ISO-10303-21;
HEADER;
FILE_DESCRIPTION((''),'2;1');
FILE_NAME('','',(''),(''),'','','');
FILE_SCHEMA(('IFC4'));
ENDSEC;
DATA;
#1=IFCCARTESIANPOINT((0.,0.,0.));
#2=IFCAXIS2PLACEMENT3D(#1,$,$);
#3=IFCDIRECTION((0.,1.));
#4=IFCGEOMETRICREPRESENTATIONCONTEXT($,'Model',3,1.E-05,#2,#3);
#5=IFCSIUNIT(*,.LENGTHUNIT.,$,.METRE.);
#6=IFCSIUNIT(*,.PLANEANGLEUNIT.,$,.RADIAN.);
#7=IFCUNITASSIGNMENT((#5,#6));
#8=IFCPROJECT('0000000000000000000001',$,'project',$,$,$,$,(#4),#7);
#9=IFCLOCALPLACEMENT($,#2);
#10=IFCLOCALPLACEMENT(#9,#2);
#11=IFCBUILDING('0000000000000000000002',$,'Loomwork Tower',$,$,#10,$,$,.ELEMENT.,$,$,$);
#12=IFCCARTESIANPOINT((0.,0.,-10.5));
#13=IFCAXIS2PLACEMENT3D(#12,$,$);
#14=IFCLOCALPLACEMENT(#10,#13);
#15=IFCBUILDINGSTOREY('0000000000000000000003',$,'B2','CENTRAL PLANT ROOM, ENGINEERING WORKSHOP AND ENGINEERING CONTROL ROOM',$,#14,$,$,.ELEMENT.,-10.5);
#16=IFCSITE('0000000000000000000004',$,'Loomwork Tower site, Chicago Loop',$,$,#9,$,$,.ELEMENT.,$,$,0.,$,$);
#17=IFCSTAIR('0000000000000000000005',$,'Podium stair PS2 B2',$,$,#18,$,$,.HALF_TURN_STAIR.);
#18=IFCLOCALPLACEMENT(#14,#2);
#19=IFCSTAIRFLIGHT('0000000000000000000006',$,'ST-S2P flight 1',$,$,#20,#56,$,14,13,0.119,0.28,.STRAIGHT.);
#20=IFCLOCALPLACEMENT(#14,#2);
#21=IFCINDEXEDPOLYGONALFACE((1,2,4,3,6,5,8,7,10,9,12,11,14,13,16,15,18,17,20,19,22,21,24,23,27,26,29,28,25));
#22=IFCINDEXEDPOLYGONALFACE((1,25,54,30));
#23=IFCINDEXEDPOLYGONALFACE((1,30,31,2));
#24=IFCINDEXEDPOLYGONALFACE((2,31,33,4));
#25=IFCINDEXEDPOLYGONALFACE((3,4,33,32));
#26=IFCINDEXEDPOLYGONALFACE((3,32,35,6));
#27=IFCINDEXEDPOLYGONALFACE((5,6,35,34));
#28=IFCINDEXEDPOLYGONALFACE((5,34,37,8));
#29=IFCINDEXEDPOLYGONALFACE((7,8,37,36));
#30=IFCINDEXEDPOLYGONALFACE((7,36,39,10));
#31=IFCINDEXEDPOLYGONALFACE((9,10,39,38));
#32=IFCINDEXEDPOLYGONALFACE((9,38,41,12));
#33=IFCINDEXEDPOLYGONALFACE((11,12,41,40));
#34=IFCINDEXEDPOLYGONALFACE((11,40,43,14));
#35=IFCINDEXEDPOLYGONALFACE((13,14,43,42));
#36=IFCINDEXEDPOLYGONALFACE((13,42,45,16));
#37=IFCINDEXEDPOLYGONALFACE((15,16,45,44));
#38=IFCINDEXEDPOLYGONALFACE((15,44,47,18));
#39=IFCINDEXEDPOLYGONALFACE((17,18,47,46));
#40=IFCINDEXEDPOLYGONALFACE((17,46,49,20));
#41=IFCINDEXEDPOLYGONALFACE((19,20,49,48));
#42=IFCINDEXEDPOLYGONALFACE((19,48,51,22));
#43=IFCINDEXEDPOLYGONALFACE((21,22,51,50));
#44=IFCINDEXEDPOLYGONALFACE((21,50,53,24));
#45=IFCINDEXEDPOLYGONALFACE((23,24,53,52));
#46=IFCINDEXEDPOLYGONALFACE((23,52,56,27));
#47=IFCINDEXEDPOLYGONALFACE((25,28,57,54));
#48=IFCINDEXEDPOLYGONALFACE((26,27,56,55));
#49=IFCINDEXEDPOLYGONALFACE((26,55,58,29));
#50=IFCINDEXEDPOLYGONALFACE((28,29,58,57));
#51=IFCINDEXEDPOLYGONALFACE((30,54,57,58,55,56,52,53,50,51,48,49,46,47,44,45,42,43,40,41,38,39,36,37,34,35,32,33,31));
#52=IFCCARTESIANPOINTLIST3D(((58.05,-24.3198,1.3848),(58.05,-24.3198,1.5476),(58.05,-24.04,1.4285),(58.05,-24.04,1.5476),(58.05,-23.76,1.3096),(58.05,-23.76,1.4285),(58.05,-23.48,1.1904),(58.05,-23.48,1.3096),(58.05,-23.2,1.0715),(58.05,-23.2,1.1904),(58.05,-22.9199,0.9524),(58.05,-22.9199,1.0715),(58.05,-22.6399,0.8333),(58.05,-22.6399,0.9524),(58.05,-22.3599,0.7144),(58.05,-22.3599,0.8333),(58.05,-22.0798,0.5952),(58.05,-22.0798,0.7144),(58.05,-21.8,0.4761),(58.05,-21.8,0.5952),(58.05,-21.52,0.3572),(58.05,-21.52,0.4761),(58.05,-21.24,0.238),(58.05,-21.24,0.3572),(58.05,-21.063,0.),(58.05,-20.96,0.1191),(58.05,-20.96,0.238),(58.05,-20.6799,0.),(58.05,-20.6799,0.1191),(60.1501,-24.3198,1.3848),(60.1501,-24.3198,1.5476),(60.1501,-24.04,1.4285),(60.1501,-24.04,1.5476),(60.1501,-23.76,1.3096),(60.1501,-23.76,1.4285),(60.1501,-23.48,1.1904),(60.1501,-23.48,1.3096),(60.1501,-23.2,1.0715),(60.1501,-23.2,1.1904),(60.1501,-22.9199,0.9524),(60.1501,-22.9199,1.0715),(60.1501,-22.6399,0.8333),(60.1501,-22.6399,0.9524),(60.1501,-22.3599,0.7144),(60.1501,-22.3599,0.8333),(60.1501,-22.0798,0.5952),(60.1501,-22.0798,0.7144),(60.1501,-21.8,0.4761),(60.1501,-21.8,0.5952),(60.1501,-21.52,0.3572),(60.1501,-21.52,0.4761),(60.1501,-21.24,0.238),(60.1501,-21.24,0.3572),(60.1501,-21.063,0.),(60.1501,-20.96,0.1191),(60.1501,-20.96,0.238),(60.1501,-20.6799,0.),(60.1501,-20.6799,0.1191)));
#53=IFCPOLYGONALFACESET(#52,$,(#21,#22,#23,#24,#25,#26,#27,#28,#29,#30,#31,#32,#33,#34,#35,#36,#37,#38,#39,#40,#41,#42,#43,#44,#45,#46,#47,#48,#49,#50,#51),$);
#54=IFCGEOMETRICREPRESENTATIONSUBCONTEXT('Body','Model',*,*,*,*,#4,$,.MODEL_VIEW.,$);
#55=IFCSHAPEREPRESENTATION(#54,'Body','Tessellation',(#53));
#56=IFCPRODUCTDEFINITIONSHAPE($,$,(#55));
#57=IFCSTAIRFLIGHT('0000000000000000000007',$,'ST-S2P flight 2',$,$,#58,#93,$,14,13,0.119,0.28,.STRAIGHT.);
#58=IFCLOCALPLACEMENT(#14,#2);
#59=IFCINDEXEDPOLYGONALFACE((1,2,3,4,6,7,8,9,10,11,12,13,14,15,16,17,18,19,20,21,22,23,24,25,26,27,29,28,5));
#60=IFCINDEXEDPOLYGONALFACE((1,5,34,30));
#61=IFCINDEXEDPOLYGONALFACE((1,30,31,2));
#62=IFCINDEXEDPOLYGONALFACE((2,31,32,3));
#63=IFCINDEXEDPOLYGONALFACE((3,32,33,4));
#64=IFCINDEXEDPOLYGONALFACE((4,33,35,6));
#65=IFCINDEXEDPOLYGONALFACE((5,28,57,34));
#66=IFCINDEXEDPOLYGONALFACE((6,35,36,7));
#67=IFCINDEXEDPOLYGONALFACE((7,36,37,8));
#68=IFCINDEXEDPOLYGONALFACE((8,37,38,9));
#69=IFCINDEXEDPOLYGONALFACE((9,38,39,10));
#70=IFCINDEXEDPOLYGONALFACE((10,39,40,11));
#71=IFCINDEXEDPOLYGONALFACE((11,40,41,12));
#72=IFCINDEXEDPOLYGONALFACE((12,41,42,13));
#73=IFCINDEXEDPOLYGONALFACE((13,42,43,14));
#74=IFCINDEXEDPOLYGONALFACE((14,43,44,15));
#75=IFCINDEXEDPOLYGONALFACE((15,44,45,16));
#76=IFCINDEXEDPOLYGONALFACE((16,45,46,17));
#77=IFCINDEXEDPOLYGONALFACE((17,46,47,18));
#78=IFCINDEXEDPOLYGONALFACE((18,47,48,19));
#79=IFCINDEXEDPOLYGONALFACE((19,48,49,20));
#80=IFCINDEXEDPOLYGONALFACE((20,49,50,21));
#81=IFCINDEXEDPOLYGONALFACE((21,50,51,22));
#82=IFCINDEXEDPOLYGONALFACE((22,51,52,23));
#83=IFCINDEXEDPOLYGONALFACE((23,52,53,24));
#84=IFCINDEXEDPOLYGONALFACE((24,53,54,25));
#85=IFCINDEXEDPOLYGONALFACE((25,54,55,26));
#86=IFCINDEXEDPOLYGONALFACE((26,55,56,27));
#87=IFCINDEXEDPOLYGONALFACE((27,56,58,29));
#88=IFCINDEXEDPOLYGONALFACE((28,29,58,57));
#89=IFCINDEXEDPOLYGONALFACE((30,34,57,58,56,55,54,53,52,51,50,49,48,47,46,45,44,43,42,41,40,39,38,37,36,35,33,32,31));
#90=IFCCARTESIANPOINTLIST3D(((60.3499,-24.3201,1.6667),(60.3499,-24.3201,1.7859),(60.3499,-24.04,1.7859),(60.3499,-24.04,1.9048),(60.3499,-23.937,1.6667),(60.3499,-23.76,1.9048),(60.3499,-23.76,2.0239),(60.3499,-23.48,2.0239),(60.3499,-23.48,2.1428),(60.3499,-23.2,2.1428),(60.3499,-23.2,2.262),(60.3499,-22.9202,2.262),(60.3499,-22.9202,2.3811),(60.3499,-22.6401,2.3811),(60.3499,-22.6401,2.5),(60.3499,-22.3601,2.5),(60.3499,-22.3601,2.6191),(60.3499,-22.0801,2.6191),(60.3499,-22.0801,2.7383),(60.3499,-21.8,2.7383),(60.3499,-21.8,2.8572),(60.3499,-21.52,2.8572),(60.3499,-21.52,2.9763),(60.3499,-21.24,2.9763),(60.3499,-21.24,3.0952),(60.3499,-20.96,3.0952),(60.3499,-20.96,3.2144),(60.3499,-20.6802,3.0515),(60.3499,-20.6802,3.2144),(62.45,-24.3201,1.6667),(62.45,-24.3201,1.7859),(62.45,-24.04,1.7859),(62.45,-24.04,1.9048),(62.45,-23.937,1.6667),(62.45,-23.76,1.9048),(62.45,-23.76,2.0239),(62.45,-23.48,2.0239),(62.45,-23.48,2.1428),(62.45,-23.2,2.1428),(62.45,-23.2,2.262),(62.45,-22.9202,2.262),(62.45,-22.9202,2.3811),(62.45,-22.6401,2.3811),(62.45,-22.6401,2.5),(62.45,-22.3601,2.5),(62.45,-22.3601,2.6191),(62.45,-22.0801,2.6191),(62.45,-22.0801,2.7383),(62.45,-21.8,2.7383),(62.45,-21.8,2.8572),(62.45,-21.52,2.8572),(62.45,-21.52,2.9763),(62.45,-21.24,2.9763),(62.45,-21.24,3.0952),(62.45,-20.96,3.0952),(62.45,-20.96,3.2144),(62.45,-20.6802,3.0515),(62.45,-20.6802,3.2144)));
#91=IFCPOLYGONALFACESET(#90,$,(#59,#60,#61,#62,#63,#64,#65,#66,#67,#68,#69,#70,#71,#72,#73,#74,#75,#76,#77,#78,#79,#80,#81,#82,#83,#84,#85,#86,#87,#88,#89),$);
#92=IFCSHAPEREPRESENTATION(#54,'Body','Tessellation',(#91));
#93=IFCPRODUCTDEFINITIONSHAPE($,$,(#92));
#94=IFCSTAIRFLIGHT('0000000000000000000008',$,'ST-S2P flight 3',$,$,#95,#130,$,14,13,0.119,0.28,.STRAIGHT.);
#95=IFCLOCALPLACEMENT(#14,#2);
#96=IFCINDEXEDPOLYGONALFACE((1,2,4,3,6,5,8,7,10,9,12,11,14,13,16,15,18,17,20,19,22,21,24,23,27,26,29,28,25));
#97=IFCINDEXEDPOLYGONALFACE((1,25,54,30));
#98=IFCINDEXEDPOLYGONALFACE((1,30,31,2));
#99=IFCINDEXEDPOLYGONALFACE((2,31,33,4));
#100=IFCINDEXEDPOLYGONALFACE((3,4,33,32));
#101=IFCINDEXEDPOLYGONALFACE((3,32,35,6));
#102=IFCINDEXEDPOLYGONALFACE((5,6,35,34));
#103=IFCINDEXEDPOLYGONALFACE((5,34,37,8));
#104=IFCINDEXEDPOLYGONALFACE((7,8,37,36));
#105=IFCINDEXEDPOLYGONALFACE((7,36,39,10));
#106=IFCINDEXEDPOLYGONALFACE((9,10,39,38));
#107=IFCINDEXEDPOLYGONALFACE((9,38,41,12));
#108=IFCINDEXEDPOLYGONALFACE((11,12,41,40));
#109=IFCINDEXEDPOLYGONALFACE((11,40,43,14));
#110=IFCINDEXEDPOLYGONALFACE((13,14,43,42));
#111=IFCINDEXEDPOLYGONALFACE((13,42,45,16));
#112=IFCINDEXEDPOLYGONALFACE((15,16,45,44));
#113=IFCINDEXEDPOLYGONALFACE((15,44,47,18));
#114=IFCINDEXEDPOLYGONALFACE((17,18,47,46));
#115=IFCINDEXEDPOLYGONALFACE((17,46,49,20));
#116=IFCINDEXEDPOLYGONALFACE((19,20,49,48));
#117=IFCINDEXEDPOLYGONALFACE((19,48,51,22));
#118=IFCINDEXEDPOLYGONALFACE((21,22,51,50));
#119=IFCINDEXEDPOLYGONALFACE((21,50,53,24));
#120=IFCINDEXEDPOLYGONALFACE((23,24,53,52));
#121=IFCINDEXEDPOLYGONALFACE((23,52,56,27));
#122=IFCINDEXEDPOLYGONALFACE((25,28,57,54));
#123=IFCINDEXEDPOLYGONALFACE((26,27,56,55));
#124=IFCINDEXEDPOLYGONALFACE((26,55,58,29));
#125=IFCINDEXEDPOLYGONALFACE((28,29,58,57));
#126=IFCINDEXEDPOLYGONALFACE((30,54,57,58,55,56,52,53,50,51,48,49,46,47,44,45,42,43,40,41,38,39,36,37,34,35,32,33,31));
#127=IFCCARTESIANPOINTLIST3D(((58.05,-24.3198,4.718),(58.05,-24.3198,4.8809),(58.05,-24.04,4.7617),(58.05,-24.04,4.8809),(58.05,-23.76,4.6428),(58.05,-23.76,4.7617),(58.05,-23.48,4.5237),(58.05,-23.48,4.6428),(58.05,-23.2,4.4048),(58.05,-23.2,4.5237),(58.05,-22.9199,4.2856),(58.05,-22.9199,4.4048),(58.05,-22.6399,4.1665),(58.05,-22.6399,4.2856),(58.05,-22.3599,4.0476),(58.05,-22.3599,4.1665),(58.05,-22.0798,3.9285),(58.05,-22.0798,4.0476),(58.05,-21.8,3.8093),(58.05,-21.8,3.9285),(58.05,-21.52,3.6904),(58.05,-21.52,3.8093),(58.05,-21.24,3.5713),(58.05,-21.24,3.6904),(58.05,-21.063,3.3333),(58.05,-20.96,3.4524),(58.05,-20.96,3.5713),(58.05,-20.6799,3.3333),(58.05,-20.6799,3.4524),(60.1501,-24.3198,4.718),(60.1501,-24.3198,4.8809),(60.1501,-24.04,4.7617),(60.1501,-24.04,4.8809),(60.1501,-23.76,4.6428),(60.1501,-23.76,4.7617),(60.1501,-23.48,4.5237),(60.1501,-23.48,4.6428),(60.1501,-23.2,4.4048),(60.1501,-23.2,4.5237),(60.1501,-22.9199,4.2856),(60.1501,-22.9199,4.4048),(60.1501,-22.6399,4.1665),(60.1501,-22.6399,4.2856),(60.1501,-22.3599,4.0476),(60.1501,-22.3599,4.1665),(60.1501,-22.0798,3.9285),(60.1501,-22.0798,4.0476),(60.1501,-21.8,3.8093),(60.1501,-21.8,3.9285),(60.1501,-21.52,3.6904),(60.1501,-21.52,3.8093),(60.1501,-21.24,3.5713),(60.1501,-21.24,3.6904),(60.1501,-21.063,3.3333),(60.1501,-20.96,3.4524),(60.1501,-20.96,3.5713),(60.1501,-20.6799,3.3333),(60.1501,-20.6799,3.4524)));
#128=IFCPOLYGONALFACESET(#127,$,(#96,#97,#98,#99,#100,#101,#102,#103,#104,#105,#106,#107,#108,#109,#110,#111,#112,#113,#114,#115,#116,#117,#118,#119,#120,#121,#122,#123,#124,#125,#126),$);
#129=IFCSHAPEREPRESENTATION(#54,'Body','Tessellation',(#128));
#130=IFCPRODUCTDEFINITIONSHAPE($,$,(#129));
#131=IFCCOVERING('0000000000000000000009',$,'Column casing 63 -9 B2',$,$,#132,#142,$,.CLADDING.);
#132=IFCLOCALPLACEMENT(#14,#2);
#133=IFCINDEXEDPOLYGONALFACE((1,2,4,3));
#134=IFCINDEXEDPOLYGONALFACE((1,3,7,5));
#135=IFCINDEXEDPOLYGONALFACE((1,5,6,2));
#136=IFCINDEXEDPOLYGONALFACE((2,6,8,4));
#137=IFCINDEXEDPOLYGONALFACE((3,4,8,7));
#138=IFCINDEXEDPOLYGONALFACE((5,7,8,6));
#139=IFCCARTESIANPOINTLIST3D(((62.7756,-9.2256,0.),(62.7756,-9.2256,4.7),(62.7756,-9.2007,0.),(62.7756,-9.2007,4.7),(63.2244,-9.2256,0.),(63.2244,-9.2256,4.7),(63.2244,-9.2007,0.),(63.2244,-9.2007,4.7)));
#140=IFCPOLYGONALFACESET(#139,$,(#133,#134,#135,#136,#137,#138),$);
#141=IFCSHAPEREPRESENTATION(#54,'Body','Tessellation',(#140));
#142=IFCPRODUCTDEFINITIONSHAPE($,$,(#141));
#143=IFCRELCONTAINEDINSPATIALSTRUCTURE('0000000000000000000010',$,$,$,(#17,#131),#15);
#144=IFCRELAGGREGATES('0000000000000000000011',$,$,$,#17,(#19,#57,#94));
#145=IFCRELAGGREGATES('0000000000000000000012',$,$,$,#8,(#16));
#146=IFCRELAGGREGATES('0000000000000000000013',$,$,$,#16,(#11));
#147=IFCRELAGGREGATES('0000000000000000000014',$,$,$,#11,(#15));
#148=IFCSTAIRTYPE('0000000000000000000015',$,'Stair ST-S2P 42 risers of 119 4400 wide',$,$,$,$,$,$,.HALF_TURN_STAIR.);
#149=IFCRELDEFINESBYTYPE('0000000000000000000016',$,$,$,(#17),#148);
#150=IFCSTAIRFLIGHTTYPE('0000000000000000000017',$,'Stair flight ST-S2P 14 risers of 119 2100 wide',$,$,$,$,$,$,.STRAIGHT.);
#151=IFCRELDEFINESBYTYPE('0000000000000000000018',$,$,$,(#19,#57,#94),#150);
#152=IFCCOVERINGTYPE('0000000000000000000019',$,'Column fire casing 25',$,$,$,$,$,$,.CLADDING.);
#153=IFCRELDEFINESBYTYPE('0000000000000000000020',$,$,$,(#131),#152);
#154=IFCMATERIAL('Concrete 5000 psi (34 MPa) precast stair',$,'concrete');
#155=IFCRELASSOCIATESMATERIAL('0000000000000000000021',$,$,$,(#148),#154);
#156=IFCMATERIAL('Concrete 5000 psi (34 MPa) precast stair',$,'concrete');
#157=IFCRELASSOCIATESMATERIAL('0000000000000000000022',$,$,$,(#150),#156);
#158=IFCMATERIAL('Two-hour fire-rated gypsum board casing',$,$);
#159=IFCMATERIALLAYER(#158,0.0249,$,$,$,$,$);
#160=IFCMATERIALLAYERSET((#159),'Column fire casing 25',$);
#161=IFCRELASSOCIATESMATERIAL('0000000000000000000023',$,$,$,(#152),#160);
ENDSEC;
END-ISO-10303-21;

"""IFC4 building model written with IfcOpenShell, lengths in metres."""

from ifc_helpers import new_model, si_unit, direction, frame, origin, origin_2d, place, context, subcontext, project, spatial, polyline, rectangle, outline, extrude, material, layer, layer_set, type_object, element, aggregate, save


model = new_model("IFC4")

# Units and contexts
model_context = context("Model", 3, precision=1e-05, world=origin(), true_north=direction((0.0, 1.0)))
body_context = subcontext(model_context, "Body", "Model", "MODEL_VIEW")
ifc_project = project(units=[si_unit("LENGTHUNIT", "METRE"), si_unit("PLANEANGLEUNIT", "RADIAN")], contexts=[model_context])

# Site, building, storey
site_placement = place(None, origin())
site = spatial("IfcSite", under=ifc_project, at=site_placement, Name="Loomwork Tower site, Chicago Loop", CompositionType="ELEMENT", RefElevation=0.0)
building_placement = place(site_placement, origin())
building = spatial("IfcBuilding", under=site, at=building_placement, Name="Loomwork Tower", CompositionType="ELEMENT")
storey_placement = place(building_placement, frame((0.0, 0.0, -10.5)))
storey = spatial("IfcBuildingStorey", under=building, at=storey_placement, Name="B2", Description="CENTRAL PLANT ROOM, ENGINEERING WORKSHOP AND ENGINEERING CONTROL ROOM", CompositionType="ELEMENT", Elevation=-10.5)

# Stair, stair flights
ifc_material_1 = material(Name="Concrete 5000 psi (34 MPa) precast stair", Category="concrete")
stair_type = type_object("IfcStairType", Name="Stair ST-S2P 42 risers of 119 4400 wide", PredefinedType="HALF_TURN_STAIR", material=ifc_material_1)
stair_placement = place(storey_placement, origin())
stair = element("IfcStair", 1, at=stair_placement, inside=storey, type_object=stair_type, Name="Podium stair PS2 B2", PredefinedType="HALF_TURN_STAIR")
ifc_material_2 = material(Name="Concrete 5000 psi (34 MPa) precast stair", Category="concrete")
stair_flight_type = type_object("IfcStairFlightType", Name="Stair flight ST-S2P 14 risers of 119 2100 wide", PredefinedType="STRAIGHT", material=ifc_material_2)
stair_flight_1_placement = place(storey_placement, frame((59.1001, -20.6799, 0.0), z_axis=(0.0, 0.0, 1.0), x_axis=(0.0, -1.0, 0.0)))
stair_flight_1 = element("IfcStairFlight", 2, at=stair_flight_1_placement, type_object=stair_flight_type, Name="ST-S2P flight 1", NumberOfRisers=14, NumberOfTreads=13, PredefinedType="STRAIGHT", RiserHeight=0.119, TreadLength=0.28, context=body_context, shape_type="SweptSolid", body=[
    extrude(outline(polyline([(0.0, 0.0), (0.0, 0.1191), (0.28, 0.1191), (0.28, 0.238), (0.5601, 0.238), (0.5601, 0.3572), (0.8401, 0.3572), (0.8401, 0.4761), (1.1201, 0.4761), (1.1201, 0.5952), (1.3999, 0.5952), (1.3999, 0.7144), (1.6799, 0.7144), (1.6799, 0.8333), (1.96, 0.8333), (1.96, 0.9524), (2.24, 0.9524), (2.24, 1.0715), (2.52, 1.0715), (2.52, 1.1904), (2.8, 1.1904), (2.8, 1.3096), (3.0801, 1.3096), (3.0801, 1.4285), (3.3601, 1.4285), (3.3601, 1.5476), (3.6399, 1.5476), (3.6399, 1.6667), (3.6399, 1.3848), (0.3831, 0.0), (0.0, 0.0)])), frame((0.0, 1.05, 0.0), z_axis=(0.0, -1.0, 0.0), x_axis=(1.0, 0.0, 0.0)), (0.0, 0.0, 1.0), 2.1001),
])
stair_flight_2_placement = place(storey_placement, frame((61.3999, -24.3201, 1.6667), z_axis=(0.0, 0.0, 1.0), x_axis=(0.0, 1.0, 0.0)))
stair_flight_2 = element("IfcStairFlight", 3, at=stair_flight_2_placement, type_object=stair_flight_type, Name="ST-S2P flight 2", NumberOfRisers=14, NumberOfTreads=13, PredefinedType="STRAIGHT", RiserHeight=0.119, TreadLength=0.28, context=body_context, shape_type="SweptSolid", body=[
    extrude(outline(polyline([(0.0, 0.0), (0.0, 0.1191), (0.28, 0.1191), (0.28, 0.238), (0.5601, 0.238), (0.5601, 0.3572), (0.8401, 0.3572), (0.8401, 0.4761), (1.1201, 0.4761), (1.1201, 0.5952), (1.3999, 0.5952), (1.3999, 0.7144), (1.6799, 0.7144), (1.6799, 0.8333), (1.96, 0.8333), (1.96, 0.9524), (2.24, 0.9524), (2.24, 1.0715), (2.52, 1.0715), (2.52, 1.1904), (2.8, 1.1904), (2.8, 1.3096), (3.0801, 1.3096), (3.0801, 1.4285), (3.3601, 1.4285), (3.3601, 1.5476), (3.6399, 1.5476), (3.6399, 1.6667), (3.6399, 1.3848), (0.3831, 0.0), (0.0, 0.0)])), frame((0.0, 1.05, 0.0), z_axis=(0.0, -1.0, 0.0), x_axis=(1.0, 0.0, 0.0)), (0.0, 0.0, 1.0), 2.1001),
])
stair_flight_3_placement = place(storey_placement, frame((59.1001, -20.6799, 3.3333), z_axis=(0.0, 0.0, 1.0), x_axis=(0.0, -1.0, 0.0)))
stair_flight_3 = element("IfcStairFlight", 4, at=stair_flight_3_placement, type_object=stair_flight_type, Name="ST-S2P flight 3", NumberOfRisers=14, NumberOfTreads=13, PredefinedType="STRAIGHT", RiserHeight=0.119, TreadLength=0.28, context=body_context, shape_type="SweptSolid", body=[
    extrude(outline(polyline([(0.0, 0.0), (0.0, 0.1191), (0.28, 0.1191), (0.28, 0.238), (0.5601, 0.238), (0.5601, 0.3572), (0.8401, 0.3572), (0.8401, 0.4761), (1.1201, 0.4761), (1.1201, 0.5952), (1.3999, 0.5952), (1.3999, 0.7144), (1.6799, 0.7144), (1.6799, 0.8333), (1.96, 0.8333), (1.96, 0.9524), (2.24, 0.9524), (2.24, 1.0715), (2.52, 1.0715), (2.52, 1.1904), (2.8, 1.1904), (2.8, 1.3096), (3.0801, 1.3096), (3.0801, 1.4285), (3.3601, 1.4285), (3.3601, 1.5476), (3.6399, 1.5476), (3.6399, 1.6667), (3.6399, 1.3848), (0.3831, 0.0), (0.0, 0.0)])), frame((0.0, 1.05, 0.0), z_axis=(0.0, -1.0, 0.0), x_axis=(1.0, 0.0, 0.0)), (0.0, 0.0, 1.0), 2.1001),
])
aggregate(stair, [stair_flight_1, stair_flight_2, stair_flight_3])

# Covering
ifc_material_3 = material(Name="Two-hour fire-rated gypsum board casing")
ifc_layer_1 = layer(ifc_material_3, 0.0249)
ifc_layer_set_1 = layer_set([ifc_layer_1], Name="Column fire casing 25")
covering_type = type_object("IfcCoveringType", Name="Column fire casing 25", PredefinedType="CLADDING", material=ifc_layer_set_1)
covering_placement = place(storey_placement, frame((63.0, -9.2131, 0.0), z_axis=(0.0, 0.0, 1.0), x_axis=(1.0, 0.0, 0.0)))
element("IfcCovering", 5, at=covering_placement, inside=storey, type_object=covering_type, Name="Column casing 63 -9 B2", PredefinedType="CLADDING", context=body_context, shape_type="SweptSolid", body=[
    extrude(rectangle(XDim=0.4487, YDim=0.0249, at=origin_2d()), origin(), (0.0, 0.0, 1.0), 4.7),
])

save(model, "model.ifc")
